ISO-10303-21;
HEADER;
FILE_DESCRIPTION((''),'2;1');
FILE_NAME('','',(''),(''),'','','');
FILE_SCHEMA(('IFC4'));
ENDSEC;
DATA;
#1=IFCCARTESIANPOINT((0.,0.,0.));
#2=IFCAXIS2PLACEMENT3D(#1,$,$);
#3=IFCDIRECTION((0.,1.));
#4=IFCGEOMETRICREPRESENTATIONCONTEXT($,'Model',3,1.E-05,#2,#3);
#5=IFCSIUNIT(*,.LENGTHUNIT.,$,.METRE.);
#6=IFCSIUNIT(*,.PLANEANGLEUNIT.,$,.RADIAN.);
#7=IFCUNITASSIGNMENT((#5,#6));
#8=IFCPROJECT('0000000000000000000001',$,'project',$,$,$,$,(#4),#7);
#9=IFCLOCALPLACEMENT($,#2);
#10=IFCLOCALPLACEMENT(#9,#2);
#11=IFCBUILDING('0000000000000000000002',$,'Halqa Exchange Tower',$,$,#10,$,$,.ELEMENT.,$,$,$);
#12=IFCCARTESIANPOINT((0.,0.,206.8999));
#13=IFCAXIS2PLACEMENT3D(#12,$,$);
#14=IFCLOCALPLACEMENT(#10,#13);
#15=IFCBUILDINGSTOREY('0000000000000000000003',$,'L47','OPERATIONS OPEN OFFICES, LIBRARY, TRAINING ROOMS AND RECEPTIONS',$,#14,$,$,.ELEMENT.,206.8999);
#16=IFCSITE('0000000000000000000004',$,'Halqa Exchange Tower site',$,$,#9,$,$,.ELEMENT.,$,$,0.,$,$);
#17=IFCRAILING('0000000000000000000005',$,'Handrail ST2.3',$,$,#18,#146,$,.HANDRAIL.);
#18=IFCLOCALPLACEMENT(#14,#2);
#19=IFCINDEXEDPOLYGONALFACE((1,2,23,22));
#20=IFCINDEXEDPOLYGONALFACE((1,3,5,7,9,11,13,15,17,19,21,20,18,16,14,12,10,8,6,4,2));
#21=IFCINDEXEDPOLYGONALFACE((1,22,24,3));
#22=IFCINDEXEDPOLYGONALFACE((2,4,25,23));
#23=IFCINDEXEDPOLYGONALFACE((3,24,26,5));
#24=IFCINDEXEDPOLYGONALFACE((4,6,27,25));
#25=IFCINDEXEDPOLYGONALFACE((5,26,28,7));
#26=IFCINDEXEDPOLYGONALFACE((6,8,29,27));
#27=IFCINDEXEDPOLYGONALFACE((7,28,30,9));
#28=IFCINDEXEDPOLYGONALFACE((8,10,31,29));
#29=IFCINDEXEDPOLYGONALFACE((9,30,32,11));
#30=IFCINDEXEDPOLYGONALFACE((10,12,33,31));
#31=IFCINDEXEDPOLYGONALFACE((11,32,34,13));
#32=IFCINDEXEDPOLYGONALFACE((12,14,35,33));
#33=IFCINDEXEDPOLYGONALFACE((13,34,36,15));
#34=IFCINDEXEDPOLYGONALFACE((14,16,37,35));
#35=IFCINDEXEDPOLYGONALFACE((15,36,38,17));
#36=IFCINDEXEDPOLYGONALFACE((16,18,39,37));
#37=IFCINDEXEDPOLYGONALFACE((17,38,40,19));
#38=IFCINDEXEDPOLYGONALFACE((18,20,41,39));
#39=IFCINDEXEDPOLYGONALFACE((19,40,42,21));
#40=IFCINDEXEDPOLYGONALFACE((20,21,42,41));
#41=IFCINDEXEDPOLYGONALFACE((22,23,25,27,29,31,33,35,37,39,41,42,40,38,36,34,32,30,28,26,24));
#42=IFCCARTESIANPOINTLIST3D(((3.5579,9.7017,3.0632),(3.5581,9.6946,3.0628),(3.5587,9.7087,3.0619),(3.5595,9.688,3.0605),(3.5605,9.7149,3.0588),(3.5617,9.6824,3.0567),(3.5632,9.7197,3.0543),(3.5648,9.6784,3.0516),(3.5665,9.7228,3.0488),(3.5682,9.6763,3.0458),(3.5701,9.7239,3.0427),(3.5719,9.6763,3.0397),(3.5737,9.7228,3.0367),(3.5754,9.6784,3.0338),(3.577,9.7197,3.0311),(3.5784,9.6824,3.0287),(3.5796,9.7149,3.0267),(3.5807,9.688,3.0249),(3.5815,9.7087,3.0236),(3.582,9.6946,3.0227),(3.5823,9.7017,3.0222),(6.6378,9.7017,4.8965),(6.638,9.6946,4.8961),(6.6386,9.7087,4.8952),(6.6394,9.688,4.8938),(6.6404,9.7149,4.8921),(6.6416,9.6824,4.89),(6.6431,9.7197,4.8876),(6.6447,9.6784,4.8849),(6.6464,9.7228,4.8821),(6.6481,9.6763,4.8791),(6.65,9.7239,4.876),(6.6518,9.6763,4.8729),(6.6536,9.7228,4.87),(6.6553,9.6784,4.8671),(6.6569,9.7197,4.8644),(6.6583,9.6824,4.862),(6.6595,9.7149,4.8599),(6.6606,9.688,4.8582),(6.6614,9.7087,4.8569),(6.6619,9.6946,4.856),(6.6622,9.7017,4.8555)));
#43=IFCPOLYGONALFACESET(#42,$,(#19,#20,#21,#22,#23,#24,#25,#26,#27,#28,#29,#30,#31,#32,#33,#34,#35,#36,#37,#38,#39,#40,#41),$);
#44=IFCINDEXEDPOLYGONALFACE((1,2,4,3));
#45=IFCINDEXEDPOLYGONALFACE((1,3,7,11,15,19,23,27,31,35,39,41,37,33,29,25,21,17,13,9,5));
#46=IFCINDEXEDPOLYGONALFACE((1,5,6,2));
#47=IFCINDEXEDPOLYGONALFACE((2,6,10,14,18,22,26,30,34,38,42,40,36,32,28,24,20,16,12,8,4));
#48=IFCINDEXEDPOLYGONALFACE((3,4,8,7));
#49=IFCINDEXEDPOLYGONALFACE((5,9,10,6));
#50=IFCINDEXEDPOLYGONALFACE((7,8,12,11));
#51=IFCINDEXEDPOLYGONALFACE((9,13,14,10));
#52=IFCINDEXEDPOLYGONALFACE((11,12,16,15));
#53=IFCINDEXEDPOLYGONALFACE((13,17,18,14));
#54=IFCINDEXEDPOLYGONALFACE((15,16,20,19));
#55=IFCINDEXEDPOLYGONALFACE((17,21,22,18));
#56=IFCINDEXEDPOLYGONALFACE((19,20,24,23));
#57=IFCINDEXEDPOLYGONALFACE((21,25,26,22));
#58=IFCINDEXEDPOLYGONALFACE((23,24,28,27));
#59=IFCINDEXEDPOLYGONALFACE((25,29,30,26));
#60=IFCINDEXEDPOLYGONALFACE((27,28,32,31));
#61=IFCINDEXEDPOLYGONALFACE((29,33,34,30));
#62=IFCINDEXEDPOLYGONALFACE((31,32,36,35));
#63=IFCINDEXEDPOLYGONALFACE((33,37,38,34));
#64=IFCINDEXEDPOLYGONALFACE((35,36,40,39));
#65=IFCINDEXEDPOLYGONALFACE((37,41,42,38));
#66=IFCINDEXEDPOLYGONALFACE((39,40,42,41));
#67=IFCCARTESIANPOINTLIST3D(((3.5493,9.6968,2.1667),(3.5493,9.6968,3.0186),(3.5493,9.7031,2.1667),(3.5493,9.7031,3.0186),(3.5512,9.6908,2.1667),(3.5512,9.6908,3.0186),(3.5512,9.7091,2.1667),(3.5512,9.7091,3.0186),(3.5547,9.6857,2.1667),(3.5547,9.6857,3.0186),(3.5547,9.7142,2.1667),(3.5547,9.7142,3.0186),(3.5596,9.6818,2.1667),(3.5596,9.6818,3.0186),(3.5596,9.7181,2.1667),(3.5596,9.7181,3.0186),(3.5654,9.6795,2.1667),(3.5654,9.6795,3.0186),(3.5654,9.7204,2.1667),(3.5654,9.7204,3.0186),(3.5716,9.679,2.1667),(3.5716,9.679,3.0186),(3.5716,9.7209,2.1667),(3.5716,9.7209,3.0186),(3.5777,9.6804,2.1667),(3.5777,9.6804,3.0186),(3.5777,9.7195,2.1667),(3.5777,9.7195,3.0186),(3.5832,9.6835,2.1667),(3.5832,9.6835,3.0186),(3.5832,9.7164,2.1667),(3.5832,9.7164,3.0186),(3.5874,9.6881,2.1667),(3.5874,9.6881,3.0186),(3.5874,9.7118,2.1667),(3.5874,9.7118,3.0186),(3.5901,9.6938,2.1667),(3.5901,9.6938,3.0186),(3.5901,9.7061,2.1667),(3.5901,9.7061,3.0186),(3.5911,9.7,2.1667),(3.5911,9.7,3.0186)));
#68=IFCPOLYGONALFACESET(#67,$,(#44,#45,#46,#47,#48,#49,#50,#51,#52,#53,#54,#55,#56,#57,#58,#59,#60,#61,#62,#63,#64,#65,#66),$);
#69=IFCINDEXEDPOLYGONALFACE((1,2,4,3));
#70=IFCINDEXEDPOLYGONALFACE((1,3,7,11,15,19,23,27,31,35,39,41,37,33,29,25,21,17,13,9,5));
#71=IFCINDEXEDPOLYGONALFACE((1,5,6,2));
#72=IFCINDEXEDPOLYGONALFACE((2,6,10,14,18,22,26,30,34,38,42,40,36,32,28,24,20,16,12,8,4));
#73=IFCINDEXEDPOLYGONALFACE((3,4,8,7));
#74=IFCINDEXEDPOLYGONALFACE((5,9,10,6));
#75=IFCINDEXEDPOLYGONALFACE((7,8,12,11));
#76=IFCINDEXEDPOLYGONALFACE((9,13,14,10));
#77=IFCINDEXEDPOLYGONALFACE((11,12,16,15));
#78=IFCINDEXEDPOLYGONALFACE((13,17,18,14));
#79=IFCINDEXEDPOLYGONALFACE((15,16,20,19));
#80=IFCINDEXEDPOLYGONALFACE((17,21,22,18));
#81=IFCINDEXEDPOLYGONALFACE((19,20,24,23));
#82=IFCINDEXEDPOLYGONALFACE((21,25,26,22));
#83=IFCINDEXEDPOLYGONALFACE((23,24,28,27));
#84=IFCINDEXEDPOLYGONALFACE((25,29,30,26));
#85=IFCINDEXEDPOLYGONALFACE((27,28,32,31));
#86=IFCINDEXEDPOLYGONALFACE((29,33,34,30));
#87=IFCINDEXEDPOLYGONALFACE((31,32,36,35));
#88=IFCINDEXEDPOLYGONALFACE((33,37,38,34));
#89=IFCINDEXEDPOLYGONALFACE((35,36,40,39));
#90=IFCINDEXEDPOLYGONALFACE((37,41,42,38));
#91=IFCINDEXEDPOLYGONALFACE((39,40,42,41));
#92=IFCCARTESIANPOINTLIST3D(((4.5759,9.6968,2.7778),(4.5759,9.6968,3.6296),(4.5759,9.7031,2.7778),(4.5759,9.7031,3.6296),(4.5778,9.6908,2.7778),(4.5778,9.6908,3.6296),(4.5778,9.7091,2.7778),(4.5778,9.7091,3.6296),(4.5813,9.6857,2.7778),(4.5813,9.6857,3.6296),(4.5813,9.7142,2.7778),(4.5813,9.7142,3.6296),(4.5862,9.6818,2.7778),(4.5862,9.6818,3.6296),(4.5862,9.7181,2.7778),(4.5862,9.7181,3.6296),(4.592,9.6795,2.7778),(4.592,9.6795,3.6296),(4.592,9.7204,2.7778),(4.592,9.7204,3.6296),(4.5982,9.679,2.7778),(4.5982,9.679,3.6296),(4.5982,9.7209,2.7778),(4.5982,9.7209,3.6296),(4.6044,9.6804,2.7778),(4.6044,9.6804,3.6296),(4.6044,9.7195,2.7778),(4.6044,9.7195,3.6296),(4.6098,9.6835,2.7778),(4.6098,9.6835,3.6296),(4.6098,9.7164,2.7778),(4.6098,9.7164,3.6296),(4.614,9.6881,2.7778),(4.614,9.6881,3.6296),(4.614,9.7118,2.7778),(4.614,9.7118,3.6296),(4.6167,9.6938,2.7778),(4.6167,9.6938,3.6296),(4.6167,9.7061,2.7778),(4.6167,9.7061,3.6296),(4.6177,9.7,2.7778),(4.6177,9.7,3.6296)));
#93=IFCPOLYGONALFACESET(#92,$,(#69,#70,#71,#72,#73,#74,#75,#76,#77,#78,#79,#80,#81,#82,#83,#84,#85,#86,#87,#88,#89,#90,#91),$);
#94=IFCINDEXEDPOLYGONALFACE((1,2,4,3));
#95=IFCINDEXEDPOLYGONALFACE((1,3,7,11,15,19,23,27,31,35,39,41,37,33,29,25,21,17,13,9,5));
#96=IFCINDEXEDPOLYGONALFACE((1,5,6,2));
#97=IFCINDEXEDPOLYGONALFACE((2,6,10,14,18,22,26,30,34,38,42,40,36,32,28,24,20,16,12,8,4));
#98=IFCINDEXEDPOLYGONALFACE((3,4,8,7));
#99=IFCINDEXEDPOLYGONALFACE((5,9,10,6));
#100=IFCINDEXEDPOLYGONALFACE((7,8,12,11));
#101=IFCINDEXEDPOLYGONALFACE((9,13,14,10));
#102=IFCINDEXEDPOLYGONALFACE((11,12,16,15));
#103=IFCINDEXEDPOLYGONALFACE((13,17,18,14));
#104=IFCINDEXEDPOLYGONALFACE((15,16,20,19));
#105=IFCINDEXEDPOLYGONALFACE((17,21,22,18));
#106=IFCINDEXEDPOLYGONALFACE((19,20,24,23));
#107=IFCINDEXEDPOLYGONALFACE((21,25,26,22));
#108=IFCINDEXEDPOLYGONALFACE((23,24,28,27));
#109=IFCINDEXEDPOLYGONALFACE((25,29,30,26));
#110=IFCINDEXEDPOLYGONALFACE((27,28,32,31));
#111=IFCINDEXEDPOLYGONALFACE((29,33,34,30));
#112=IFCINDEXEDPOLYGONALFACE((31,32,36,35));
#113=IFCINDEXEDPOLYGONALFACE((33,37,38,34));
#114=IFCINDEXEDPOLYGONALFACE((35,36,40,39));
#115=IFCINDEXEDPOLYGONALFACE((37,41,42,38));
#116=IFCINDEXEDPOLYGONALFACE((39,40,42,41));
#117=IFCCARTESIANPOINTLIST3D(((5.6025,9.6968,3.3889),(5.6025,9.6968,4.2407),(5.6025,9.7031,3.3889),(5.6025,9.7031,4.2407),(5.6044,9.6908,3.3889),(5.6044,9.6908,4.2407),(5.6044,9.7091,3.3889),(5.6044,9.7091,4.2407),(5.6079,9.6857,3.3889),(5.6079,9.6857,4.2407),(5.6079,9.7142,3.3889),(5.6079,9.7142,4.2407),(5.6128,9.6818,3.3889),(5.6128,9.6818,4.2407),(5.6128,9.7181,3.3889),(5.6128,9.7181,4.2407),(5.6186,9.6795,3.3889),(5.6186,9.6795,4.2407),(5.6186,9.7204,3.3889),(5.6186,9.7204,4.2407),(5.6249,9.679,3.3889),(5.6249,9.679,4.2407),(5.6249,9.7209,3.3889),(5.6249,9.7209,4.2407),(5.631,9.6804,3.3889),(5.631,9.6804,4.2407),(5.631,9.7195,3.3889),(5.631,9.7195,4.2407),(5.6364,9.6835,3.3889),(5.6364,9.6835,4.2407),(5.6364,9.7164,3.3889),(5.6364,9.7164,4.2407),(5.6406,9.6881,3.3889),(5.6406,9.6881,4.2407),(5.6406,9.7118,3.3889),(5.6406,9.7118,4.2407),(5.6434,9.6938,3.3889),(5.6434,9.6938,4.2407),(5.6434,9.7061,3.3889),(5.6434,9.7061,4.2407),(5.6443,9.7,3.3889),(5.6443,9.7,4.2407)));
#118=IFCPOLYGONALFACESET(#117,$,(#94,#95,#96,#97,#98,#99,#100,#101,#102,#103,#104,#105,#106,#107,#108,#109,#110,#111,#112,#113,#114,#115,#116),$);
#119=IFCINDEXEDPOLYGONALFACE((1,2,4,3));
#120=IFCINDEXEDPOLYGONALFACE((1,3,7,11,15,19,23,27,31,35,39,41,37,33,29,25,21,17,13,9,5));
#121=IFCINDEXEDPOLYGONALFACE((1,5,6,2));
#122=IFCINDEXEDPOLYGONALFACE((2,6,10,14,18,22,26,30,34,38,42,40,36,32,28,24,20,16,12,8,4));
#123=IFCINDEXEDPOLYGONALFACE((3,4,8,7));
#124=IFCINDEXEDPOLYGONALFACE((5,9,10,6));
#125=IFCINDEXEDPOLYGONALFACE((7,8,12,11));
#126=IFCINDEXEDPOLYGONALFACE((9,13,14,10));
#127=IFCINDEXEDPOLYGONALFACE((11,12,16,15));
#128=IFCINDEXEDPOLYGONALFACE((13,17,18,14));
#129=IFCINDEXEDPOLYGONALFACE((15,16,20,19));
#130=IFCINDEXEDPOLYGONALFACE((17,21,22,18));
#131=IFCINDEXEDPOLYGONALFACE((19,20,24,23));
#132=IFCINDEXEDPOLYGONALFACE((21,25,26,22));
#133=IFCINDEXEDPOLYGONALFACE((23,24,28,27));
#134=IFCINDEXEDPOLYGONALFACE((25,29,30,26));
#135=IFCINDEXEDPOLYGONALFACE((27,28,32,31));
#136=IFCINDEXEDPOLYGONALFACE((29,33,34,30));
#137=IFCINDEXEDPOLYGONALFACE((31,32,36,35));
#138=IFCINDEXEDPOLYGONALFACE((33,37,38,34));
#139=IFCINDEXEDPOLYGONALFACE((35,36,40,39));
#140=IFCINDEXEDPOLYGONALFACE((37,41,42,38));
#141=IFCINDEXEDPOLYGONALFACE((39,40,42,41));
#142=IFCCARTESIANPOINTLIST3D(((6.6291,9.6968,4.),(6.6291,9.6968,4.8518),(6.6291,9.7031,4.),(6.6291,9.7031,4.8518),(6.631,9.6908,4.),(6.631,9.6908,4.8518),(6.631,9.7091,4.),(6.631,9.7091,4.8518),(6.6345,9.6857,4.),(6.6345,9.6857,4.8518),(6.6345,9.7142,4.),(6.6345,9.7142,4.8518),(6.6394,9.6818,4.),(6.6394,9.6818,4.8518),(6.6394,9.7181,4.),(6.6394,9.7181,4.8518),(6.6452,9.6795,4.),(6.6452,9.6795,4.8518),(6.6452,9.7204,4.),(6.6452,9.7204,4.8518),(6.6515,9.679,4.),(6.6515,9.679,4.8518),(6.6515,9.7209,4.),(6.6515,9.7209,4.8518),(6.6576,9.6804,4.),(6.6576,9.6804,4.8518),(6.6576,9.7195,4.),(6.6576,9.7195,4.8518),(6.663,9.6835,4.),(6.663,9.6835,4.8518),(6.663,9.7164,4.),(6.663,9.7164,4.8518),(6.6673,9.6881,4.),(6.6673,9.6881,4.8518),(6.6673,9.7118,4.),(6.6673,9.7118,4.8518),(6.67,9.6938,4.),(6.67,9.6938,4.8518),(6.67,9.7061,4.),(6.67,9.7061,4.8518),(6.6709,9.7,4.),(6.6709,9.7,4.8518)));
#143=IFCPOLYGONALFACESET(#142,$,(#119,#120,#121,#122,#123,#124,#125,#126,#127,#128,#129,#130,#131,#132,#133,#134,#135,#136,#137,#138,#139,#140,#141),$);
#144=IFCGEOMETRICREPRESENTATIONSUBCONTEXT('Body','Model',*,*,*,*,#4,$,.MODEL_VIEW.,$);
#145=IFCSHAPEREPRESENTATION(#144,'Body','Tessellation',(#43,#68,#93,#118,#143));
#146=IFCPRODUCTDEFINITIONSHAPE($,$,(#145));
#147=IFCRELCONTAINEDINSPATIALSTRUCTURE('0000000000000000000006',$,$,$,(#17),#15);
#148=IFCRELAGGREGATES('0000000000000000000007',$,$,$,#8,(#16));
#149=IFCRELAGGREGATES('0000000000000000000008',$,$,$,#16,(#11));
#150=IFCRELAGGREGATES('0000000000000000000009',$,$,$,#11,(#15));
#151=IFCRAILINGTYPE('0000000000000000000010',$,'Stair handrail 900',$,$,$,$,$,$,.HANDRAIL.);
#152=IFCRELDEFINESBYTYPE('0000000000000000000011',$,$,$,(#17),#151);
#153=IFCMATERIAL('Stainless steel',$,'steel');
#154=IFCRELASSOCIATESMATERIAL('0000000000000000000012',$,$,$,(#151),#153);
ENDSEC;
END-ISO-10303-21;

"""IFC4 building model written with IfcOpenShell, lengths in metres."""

from ifc_helpers import new_model, si_unit, direction, frame, origin, origin_2d, place, context, subcontext, project, spatial, circle, extrude, material, type_object, element, save


model = new_model("IFC4")

# Units and contexts
model_context = context("Model", 3, precision=1e-05, world=origin(), true_north=direction((0.0, 1.0)))
body_context = subcontext(model_context, "Body", "Model", "MODEL_VIEW")
ifc_project = project(units=[si_unit("LENGTHUNIT", "METRE"), si_unit("PLANEANGLEUNIT", "RADIAN")], contexts=[model_context])

# Site, building, storey
site_placement = place(None, origin())
site = spatial("IfcSite", under=ifc_project, at=site_placement, Name="Halqa Exchange Tower site", CompositionType="ELEMENT", RefElevation=0.0)
building_placement = place(site_placement, origin())
building = spatial("IfcBuilding", under=site, at=building_placement, Name="Halqa Exchange Tower", CompositionType="ELEMENT")
storey_placement = place(building_placement, frame((0.0, 0.0, 206.8999)))
storey = spatial("IfcBuildingStorey", under=building, at=storey_placement, Name="L47", Description="OPERATIONS OPEN OFFICES, LIBRARY, TRAINING ROOMS AND RECEPTIONS", CompositionType="ELEMENT", Elevation=206.8999)

# Railing
ifc_material_1 = material(Name="Stainless steel", Category="steel")
railing_type_1 = type_object("IfcRailingType", Name="Stair handrail 900", PredefinedType="HANDRAIL", material=ifc_material_1)
railing_1_placement = place(storey_placement, frame((3.5701, 9.7, 2.1667)))
element("IfcRailing", 1, at=railing_1_placement, inside=storey, type_object=railing_type_1, Name="Handrail ST2.3", PredefinedType="HANDRAIL", context=body_context, shape_type="SweptSolid", body=[
    extrude(circle(Radius=0.0239, at=origin_2d()), frame((0.0, 0.0, 0.876), z_axis=(0.859291, 0.0, 0.511487), x_axis=(0.0, 1.0, 0.0)), (0.0, 0.0, 1.0), 3.5842),
    extrude(circle(Radius=0.021, at=origin_2d()), origin(), (0.0, 0.0, 1.0), 0.8518),
    extrude(circle(Radius=0.021, at=origin_2d()), frame((1.0266, 0.0, 0.6111)), (0.0, 0.0, 1.0), 0.8518),
    extrude(circle(Radius=0.021, at=origin_2d()), frame((2.0532, 0.0, 1.2222)), (0.0, 0.0, 1.0), 0.8518),
    extrude(circle(Radius=0.021, at=origin_2d()), frame((3.0798, 0.0, 1.8333)), (0.0, 0.0, 1.0), 0.8518),
])

save(model, "model.ifc")
